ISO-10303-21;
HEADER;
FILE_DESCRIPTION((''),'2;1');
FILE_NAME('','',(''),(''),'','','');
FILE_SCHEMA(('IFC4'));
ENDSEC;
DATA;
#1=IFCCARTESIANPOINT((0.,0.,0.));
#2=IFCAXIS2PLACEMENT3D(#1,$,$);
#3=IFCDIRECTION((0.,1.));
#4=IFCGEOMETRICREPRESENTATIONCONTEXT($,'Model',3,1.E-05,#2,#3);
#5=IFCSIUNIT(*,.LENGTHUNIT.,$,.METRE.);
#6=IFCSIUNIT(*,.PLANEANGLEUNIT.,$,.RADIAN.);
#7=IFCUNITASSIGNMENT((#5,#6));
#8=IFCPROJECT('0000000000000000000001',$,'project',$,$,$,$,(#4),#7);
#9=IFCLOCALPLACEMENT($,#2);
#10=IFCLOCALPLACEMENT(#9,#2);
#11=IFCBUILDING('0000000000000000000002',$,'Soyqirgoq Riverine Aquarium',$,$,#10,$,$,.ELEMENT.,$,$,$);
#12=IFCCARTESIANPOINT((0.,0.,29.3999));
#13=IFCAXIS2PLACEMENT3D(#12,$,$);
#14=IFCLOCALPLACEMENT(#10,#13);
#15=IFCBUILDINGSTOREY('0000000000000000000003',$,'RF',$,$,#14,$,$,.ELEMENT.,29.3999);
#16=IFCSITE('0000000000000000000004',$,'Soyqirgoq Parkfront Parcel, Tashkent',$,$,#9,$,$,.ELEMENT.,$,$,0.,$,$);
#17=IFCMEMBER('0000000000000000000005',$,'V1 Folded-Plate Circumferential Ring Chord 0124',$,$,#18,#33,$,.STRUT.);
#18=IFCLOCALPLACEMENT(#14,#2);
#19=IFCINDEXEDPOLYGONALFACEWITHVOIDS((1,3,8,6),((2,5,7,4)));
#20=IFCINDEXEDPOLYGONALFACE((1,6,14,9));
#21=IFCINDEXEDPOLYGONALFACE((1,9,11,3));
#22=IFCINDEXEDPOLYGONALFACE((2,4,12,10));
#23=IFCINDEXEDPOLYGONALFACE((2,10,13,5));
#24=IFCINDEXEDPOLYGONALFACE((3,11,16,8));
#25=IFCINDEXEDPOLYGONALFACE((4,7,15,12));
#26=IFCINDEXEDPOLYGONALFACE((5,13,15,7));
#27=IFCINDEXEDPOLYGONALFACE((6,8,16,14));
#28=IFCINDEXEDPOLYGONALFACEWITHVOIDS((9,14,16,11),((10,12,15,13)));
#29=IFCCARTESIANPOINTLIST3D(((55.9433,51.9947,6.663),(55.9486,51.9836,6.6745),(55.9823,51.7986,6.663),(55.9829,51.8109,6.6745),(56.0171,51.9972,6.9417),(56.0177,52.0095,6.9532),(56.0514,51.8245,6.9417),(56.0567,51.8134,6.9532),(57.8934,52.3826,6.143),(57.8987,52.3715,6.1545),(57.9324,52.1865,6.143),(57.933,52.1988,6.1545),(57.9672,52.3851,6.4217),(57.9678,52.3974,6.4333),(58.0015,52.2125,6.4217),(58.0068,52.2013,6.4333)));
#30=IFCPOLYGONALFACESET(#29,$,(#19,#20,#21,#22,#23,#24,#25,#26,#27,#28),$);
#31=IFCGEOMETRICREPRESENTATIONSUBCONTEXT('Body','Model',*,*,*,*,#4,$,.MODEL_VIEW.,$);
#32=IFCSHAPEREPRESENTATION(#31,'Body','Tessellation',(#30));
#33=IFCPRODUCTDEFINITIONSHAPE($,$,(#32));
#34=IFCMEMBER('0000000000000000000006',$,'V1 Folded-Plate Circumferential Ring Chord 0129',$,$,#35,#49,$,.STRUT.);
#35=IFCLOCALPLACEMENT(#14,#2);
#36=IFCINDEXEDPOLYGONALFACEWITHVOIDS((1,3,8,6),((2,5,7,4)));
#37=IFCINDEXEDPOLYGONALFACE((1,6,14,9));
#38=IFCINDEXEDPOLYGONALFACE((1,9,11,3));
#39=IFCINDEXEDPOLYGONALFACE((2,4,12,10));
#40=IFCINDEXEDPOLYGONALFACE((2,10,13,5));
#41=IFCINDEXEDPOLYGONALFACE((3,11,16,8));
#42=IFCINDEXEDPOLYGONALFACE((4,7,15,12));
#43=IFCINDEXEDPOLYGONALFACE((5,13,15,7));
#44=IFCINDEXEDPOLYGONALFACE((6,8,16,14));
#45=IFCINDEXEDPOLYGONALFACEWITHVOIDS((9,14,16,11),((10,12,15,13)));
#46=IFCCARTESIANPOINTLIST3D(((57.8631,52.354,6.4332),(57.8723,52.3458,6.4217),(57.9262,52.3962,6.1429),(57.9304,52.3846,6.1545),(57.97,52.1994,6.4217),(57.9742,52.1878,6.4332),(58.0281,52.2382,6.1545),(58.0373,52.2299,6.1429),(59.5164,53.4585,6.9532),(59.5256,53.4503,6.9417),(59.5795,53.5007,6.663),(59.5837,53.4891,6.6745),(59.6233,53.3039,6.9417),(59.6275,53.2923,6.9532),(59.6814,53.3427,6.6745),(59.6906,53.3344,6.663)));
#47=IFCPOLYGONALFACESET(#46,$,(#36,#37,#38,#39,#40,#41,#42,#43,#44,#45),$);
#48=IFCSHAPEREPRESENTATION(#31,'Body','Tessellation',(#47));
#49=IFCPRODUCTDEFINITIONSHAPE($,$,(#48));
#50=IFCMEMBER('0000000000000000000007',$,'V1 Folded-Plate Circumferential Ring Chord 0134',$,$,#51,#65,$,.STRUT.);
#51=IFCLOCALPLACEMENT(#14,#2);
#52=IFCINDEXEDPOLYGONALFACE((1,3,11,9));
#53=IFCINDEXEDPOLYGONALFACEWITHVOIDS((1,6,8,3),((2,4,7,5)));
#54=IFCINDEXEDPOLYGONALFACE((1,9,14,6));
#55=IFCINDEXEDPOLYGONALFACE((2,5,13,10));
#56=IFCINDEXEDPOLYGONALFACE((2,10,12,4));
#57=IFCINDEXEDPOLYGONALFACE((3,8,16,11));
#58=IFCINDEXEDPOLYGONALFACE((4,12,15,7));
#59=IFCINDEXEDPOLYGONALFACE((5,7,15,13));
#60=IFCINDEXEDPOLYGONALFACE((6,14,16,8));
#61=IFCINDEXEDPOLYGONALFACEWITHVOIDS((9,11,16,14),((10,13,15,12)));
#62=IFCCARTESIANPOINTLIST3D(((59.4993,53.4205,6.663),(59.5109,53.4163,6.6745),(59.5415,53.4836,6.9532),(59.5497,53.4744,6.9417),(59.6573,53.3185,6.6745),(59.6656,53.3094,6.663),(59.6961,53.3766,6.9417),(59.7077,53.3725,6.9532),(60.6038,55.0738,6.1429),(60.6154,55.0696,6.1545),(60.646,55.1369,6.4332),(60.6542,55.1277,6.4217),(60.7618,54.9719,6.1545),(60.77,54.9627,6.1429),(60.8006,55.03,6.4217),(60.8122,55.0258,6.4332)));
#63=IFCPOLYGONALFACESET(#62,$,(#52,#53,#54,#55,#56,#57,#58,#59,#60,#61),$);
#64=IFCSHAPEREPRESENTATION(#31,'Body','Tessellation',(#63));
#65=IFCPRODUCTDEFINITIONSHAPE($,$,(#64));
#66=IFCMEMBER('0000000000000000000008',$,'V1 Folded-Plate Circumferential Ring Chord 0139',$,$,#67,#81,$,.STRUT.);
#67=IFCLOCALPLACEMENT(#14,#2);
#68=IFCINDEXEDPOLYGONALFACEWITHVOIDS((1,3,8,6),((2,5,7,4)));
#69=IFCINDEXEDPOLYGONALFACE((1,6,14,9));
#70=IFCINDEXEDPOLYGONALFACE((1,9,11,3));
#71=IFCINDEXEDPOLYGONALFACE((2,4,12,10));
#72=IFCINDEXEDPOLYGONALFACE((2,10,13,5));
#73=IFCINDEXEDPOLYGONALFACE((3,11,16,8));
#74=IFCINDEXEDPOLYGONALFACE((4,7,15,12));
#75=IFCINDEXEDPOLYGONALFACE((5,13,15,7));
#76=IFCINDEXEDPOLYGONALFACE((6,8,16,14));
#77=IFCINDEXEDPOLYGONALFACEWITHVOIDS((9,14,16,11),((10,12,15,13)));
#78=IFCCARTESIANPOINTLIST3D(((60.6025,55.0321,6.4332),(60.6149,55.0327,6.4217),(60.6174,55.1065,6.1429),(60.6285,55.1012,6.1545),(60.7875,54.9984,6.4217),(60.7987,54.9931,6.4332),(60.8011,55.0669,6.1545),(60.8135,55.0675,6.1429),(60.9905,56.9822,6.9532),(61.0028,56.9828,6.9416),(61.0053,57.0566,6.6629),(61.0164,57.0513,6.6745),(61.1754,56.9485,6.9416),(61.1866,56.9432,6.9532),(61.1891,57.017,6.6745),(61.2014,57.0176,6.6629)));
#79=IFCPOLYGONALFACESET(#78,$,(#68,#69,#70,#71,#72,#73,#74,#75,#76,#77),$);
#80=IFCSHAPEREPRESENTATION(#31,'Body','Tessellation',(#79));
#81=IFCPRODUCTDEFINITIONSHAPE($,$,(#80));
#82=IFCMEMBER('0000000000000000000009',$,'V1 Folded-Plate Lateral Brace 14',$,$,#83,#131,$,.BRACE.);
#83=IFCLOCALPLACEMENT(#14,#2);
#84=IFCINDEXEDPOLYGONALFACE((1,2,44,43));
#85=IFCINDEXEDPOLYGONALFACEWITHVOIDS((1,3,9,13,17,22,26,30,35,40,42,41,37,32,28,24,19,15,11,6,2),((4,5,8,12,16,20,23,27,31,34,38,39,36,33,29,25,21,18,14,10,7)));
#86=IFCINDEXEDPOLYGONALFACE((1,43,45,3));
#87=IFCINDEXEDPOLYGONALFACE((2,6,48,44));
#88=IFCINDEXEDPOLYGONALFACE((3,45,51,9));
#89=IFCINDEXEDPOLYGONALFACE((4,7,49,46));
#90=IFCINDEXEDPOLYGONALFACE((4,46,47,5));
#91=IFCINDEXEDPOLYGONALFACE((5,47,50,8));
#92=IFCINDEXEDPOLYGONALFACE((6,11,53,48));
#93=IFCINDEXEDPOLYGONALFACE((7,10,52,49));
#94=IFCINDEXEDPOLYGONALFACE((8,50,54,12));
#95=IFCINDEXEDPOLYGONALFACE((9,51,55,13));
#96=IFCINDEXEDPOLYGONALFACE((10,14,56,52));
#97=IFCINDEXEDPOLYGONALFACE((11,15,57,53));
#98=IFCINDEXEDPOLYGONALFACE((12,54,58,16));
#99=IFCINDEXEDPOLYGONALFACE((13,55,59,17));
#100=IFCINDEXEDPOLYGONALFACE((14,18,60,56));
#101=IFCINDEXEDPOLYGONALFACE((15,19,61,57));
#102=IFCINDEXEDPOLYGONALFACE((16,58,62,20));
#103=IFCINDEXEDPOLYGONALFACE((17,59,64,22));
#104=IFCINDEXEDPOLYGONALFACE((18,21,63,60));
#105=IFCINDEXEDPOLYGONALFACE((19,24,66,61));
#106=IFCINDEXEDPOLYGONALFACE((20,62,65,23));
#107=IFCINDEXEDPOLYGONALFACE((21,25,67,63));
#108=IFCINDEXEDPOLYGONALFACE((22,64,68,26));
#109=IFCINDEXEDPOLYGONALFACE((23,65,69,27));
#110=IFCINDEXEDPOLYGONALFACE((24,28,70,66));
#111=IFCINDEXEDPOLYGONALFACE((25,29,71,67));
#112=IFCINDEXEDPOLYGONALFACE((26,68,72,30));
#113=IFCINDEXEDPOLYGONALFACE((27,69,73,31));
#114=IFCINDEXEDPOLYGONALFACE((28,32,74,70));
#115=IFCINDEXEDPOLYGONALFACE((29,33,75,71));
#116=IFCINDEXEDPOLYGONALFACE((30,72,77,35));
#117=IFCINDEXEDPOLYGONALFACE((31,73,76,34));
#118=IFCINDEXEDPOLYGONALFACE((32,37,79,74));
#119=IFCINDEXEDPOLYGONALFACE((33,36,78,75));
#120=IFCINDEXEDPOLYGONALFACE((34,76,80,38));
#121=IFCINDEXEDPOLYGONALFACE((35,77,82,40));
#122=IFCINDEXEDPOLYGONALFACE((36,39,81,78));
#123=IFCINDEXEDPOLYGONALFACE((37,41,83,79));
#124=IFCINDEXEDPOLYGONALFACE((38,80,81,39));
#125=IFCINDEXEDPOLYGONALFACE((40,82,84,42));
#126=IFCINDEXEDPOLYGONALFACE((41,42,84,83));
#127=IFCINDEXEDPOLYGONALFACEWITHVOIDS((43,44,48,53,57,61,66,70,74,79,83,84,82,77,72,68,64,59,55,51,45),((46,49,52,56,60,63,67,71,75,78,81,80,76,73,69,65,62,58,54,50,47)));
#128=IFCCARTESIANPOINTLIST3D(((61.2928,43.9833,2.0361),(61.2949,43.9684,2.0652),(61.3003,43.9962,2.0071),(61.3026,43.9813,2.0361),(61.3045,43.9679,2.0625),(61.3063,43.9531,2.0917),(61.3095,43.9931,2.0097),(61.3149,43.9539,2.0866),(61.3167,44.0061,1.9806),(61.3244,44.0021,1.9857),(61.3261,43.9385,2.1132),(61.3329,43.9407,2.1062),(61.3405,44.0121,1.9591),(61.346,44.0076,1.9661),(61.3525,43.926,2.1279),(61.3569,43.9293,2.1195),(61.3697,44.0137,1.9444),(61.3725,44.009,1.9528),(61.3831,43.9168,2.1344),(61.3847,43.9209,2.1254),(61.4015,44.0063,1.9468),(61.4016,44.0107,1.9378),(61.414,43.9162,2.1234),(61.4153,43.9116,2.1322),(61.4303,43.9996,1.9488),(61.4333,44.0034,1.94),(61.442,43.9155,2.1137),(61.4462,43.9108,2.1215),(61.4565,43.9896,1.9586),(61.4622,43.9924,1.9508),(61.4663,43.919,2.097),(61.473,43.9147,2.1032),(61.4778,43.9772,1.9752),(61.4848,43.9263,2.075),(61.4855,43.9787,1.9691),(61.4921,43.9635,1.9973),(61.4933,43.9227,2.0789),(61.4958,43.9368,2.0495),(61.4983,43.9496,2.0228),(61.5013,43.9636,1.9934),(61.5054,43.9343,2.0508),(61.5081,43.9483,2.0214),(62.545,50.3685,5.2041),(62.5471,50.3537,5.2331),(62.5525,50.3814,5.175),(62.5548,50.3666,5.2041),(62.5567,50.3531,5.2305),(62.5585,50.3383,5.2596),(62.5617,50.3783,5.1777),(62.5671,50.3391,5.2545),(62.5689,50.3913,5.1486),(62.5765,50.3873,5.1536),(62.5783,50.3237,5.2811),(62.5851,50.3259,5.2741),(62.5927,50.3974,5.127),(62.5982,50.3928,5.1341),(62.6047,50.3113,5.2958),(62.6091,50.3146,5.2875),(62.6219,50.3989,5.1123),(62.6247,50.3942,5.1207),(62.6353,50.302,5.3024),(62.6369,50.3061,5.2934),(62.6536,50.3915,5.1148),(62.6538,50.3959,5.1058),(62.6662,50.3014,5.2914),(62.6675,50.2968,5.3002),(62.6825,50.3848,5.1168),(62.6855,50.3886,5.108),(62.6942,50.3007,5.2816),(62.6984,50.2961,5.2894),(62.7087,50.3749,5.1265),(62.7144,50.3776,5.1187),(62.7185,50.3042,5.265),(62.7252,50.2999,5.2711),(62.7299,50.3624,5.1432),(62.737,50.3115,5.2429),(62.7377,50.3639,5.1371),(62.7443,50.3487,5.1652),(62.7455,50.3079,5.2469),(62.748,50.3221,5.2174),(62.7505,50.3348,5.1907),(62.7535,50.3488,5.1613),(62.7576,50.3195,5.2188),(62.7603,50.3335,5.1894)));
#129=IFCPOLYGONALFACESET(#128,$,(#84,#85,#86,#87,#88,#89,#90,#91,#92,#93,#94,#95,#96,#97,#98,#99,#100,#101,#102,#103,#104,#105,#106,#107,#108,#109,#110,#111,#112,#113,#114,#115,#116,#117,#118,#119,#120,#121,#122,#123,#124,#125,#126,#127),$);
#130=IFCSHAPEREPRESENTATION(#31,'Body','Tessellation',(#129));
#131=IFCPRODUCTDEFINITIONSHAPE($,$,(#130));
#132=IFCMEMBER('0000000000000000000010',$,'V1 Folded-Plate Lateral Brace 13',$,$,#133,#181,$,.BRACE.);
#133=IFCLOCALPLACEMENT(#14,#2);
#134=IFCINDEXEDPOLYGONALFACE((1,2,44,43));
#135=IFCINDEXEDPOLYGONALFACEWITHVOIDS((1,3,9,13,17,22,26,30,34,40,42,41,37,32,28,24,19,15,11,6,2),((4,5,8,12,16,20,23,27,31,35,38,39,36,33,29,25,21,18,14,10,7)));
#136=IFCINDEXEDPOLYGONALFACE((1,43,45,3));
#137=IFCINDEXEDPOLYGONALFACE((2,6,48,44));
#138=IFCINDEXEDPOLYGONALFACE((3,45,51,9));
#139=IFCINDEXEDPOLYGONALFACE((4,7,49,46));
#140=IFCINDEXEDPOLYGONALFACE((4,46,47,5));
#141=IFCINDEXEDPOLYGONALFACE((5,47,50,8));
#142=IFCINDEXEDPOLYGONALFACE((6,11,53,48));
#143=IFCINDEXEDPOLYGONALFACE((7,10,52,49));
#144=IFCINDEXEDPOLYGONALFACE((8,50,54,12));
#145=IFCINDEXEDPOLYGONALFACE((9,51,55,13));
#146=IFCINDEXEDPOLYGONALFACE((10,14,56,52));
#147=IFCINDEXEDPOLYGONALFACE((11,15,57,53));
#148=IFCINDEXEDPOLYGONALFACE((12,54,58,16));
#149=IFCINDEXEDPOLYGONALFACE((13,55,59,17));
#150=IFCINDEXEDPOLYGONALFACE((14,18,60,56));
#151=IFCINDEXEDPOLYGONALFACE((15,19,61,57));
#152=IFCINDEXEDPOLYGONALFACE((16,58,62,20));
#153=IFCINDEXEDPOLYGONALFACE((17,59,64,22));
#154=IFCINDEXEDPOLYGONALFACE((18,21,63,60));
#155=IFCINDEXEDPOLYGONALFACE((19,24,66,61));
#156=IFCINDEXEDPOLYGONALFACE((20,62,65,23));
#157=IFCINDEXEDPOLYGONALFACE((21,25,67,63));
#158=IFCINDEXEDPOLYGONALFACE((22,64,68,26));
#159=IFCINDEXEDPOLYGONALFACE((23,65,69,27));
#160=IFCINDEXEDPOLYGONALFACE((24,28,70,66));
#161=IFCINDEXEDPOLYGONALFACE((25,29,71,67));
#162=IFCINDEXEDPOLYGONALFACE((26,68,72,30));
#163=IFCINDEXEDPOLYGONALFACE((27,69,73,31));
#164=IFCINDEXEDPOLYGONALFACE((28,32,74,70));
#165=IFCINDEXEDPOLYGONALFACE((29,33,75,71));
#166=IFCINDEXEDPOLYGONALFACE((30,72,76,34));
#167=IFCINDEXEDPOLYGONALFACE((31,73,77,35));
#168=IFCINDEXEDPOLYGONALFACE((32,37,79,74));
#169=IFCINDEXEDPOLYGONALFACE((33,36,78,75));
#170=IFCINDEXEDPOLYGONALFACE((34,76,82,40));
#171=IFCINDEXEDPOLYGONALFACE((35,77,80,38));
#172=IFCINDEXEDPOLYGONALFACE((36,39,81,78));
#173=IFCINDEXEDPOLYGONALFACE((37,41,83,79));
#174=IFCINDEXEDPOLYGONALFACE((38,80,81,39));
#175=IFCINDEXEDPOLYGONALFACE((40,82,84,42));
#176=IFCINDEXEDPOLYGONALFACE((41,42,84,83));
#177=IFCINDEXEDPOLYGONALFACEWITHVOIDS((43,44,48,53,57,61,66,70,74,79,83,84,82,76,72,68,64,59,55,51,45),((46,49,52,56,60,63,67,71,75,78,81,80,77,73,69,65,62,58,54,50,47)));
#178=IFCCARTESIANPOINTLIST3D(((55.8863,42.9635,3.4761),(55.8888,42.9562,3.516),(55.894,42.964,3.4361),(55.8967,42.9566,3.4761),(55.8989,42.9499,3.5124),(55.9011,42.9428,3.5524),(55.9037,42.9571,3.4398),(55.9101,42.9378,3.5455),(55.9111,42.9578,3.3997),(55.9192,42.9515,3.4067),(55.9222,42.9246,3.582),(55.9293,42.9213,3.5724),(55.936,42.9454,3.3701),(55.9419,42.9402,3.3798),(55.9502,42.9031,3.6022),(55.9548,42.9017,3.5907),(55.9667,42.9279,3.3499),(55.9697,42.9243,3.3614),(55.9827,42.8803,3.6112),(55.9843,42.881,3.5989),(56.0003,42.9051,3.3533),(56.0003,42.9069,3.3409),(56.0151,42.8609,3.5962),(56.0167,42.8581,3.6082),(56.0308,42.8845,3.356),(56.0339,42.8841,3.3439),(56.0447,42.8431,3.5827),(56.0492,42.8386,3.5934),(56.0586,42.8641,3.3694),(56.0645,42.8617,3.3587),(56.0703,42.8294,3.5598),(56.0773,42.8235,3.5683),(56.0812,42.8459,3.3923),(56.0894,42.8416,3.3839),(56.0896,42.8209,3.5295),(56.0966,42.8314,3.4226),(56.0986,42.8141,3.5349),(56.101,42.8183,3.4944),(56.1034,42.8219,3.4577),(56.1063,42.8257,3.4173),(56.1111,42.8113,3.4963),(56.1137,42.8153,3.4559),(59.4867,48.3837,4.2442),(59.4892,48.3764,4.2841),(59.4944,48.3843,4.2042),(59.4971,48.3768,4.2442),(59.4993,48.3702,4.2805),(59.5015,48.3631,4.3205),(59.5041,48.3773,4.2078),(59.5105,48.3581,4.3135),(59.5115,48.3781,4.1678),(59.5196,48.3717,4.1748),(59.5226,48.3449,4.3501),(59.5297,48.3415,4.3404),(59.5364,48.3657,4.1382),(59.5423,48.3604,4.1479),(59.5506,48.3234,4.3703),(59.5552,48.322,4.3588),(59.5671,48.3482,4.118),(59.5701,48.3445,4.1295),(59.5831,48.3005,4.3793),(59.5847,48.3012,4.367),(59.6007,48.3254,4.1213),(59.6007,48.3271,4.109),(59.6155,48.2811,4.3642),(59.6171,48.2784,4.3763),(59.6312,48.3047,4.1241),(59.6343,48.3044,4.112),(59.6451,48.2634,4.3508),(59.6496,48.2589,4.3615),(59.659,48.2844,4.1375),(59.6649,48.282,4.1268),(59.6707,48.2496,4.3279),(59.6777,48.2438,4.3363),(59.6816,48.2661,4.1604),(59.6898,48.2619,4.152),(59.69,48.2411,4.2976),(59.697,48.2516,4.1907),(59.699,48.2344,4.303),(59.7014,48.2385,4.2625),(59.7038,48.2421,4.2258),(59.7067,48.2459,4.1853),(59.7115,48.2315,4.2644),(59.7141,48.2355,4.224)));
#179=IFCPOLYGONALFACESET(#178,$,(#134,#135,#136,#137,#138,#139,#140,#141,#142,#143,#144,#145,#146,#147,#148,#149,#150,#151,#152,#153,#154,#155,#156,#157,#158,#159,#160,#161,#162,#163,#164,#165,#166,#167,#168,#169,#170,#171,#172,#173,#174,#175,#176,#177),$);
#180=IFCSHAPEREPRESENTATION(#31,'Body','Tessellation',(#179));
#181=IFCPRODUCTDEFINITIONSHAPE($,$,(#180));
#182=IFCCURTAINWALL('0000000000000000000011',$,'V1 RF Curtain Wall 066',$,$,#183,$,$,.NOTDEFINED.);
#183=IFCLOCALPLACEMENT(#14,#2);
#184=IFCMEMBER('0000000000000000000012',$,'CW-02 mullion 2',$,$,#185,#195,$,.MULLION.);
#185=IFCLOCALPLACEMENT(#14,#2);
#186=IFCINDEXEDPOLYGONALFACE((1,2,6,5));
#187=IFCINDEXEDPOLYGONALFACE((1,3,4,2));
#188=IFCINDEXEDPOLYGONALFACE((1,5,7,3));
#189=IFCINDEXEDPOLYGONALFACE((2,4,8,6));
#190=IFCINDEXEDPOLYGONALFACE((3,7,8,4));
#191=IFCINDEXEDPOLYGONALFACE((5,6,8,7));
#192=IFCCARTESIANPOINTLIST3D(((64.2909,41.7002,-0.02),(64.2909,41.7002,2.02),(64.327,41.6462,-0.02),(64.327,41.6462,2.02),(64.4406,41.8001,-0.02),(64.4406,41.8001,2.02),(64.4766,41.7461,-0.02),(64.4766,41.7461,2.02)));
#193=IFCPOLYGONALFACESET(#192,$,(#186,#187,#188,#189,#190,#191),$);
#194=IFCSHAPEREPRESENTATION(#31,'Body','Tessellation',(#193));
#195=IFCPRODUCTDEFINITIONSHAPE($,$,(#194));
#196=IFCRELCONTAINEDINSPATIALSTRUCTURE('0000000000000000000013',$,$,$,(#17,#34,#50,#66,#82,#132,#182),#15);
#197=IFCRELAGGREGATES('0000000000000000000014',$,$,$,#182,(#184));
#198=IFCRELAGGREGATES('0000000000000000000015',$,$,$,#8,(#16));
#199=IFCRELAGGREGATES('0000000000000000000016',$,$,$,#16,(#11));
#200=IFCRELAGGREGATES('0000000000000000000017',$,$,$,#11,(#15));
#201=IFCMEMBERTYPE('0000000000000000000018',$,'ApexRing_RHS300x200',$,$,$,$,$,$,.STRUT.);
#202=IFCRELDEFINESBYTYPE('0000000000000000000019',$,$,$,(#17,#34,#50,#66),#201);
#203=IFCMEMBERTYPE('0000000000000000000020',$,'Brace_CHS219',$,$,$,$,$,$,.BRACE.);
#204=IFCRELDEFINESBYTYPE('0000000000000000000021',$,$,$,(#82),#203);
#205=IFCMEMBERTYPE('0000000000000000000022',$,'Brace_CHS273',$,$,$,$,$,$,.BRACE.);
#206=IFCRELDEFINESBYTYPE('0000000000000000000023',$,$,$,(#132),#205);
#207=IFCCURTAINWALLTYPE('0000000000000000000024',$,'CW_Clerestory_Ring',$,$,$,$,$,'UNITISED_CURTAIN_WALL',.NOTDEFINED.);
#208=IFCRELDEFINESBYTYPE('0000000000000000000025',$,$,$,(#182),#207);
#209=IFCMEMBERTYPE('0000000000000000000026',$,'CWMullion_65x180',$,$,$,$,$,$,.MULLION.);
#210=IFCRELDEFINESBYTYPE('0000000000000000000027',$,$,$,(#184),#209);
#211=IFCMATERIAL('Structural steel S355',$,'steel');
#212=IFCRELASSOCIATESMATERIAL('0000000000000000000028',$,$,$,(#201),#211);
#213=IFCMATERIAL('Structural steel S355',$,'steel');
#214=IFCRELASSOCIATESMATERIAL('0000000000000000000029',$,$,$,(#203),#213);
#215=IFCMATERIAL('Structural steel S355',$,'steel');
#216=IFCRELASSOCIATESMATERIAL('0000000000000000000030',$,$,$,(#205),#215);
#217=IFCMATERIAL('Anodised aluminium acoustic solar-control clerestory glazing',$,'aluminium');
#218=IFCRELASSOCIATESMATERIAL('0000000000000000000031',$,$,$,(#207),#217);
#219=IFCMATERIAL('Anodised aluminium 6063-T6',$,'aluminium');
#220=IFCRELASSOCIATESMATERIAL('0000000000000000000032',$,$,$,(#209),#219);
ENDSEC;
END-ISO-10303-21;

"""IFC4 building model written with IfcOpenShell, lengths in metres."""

from ifc_helpers import new_model, si_unit, direction, frame, origin, origin_2d, place, context, subcontext, project, spatial, rectangle, hollow_rectangle, hollow_circle, extrude, material, material_profile, profile_set, type_object, element, aggregate, save


model = new_model("IFC4")

# Units and contexts
model_context = context("Model", 3, precision=1e-05, world=origin(), true_north=direction((0.0, 1.0)))
body_context = subcontext(model_context, "Body", "Model", "MODEL_VIEW")
ifc_project = project(units=[si_unit("LENGTHUNIT", "METRE"), si_unit("PLANEANGLEUNIT", "RADIAN")], contexts=[model_context])

# Site, building, storey
site_placement = place(None, origin())
site = spatial("IfcSite", under=ifc_project, at=site_placement, Name="Soyqirgoq Parkfront Parcel, Tashkent", CompositionType="ELEMENT", RefElevation=0.0)
building_placement = place(site_placement, origin())
building = spatial("IfcBuilding", under=site, at=building_placement, Name="Soyqirgoq Riverine Aquarium", CompositionType="ELEMENT")
storey_placement = place(building_placement, frame((0.0, 0.0, 29.3999)))
storey = spatial("IfcBuildingStorey", under=building, at=storey_placement, Name="RF", CompositionType="ELEMENT", Elevation=29.3999)

# Members
ifc_material_1 = material(Name="Structural steel S355", Category="steel")
ifc_material_profile_1 = material_profile(ifc_material_1, hollow_rectangle(XDim=0.2, YDim=0.3, WallThickness=0.012, at=origin_2d()), Name="RHS 300x200x12")
ifc_profile_set_1 = profile_set([ifc_material_profile_1], Name="Structural steel S355")
member_type_1 = type_object("IfcMemberType", Name="ApexRing_RHS300x200", PredefinedType="STRUT", material=ifc_profile_set_1)
for number, where, z_axis, x_axis, name in (
    (1, (56.0, 51.9041, 6.8081), (0.948871, 0.188753, -0.253016), (-0.195101, 0.980783, 0.0), "V1 Folded-Plate Circumferential Ring Chord 0124"),
    (2, (57.9502, 52.292, 6.2881), (0.804462, 0.537417, 0.253028), (-0.555493, 0.831521, 0.0), "V1 Folded-Plate Circumferential Ring Chord 0129"),
    (3, (59.6035, 53.3965, 6.8081), (0.537417, 0.804462, -0.253028), (-0.831521, 0.555493, 0.0), "V1 Folded-Plate Circumferential Ring Chord 0134"),
    (4, (60.708, 55.0498, 6.2881), (0.188753, 0.948871, 0.253016), (-0.980783, 0.195101, 0.0), "V1 Folded-Plate Circumferential Ring Chord 0139"),
):
    element("IfcMember", number, at=place(storey_placement, frame(where, z_axis=z_axis, x_axis=x_axis)), inside=storey, type_object=member_type_1, Name=name, PredefinedType="STRUT", context=body_context, shape_type="SweptSolid", body=[
        extrude(hollow_rectangle(XDim=0.2, YDim=0.3, WallThickness=0.012, at=origin_2d()), origin(), (0.0, 0.0, 1.0), 2.0552),
    ])
ifc_material_2 = material(Name="Structural steel S355", Category="steel")
ifc_material_profile_2 = material_profile(ifc_material_2, hollow_circle(Radius=0.1096, WallThickness=0.01, at=origin_2d()), Name="CHS 219.1x10")
ifc_profile_set_2 = profile_set([ifc_material_profile_2], Name="Structural steel S355")
member_type_2 = type_object("IfcMemberType", Name="Brace_CHS219", PredefinedType="BRACE", material=ifc_profile_set_2)
member_1_placement = place(storey_placement, frame((61.4004, 43.9622, 2.0361), z_axis=(0.173025, 0.882296, 0.437741), x_axis=(-0.981308, 0.192442, 0.0)))
element("IfcMember", 5, at=member_1_placement, inside=storey, type_object=member_type_2, Name="V1 Folded-Plate Lateral Brace 14", PredefinedType="BRACE", context=body_context, shape_type="SweptSolid", body=[
    extrude(hollow_circle(Radius=0.1096, WallThickness=0.01, at=origin_2d()), origin(), (0.0, 0.0, 1.0), 7.2371),
])
ifc_material_3 = material(Name="Structural steel S355", Category="steel")
ifc_material_profile_3 = material_profile(ifc_material_3, hollow_circle(Radius=0.1365, WallThickness=0.0125, at=origin_2d()), Name="CHS 273x12.5")
ifc_profile_set_3 = profile_set([ifc_material_profile_3], Name="Structural steel S355")
member_type_3 = type_object("IfcMemberType", Name="Brace_CHS273", PredefinedType="BRACE", material=ifc_profile_set_3)
member_2_placement = place(storey_placement, frame((56.0, 42.8879, 3.4761), z_axis=(0.549491, 0.827236, 0.117224), x_axis=(-0.832978, 0.553305, 0.0)))
element("IfcMember", 6, at=member_2_placement, inside=storey, type_object=member_type_3, Name="V1 Folded-Plate Lateral Brace 13", PredefinedType="BRACE", context=body_context, shape_type="SweptSolid", body=[
    extrude(hollow_circle(Radius=0.1365, WallThickness=0.0125, at=origin_2d()), origin(), (0.0, 0.0, 1.0), 6.5522),
])

# Curtain wall, member
ifc_material_4 = material(Name="Anodised aluminium acoustic solar-control clerestory glazing", Category="aluminium")
curtain_wall_type = type_object("IfcCurtainWallType", Name="CW_Clerestory_Ring", ElementType="UNITISED_CURTAIN_WALL", PredefinedType="NOTDEFINED", material=ifc_material_4)
curtain_wall_placement = place(storey_placement, origin())
curtain_wall = element("IfcCurtainWall", 7, at=curtain_wall_placement, inside=storey, type_object=curtain_wall_type, Name="V1 RF Curtain Wall 066", PredefinedType="NOTDEFINED")
ifc_material_5 = material(Name="Anodised aluminium 6063-T6", Category="aluminium")
ifc_material_profile_4 = material_profile(ifc_material_5, rectangle(XDim=0.0649, YDim=0.1799, at=origin_2d()), Name="ALU-M 65x180")
ifc_profile_set_4 = profile_set([ifc_material_profile_4], Name="Anodised aluminium 6063-T6")
member_type_4 = type_object("IfcMemberType", Name="CWMullion_65x180", PredefinedType="MULLION", material=ifc_profile_set_4)
member_3_placement = place(storey_placement, frame((64.3838, 41.7231, -0.02), z_axis=(0.0, 0.0, 1.0), x_axis=(-0.555579, 0.831464, 0.0)))
member_3 = element("IfcMember", 8, at=member_3_placement, type_object=member_type_4, Name="CW-02 mullion 2", PredefinedType="MULLION", context=body_context, shape_type="SweptSolid", body=[
    extrude(rectangle(XDim=0.0649, YDim=0.1799, at=origin_2d()), origin(), (0.0, 0.0, 1.0), 2.04),
])

aggregate(curtain_wall, [member_3])

save(model, "model.ifc")
